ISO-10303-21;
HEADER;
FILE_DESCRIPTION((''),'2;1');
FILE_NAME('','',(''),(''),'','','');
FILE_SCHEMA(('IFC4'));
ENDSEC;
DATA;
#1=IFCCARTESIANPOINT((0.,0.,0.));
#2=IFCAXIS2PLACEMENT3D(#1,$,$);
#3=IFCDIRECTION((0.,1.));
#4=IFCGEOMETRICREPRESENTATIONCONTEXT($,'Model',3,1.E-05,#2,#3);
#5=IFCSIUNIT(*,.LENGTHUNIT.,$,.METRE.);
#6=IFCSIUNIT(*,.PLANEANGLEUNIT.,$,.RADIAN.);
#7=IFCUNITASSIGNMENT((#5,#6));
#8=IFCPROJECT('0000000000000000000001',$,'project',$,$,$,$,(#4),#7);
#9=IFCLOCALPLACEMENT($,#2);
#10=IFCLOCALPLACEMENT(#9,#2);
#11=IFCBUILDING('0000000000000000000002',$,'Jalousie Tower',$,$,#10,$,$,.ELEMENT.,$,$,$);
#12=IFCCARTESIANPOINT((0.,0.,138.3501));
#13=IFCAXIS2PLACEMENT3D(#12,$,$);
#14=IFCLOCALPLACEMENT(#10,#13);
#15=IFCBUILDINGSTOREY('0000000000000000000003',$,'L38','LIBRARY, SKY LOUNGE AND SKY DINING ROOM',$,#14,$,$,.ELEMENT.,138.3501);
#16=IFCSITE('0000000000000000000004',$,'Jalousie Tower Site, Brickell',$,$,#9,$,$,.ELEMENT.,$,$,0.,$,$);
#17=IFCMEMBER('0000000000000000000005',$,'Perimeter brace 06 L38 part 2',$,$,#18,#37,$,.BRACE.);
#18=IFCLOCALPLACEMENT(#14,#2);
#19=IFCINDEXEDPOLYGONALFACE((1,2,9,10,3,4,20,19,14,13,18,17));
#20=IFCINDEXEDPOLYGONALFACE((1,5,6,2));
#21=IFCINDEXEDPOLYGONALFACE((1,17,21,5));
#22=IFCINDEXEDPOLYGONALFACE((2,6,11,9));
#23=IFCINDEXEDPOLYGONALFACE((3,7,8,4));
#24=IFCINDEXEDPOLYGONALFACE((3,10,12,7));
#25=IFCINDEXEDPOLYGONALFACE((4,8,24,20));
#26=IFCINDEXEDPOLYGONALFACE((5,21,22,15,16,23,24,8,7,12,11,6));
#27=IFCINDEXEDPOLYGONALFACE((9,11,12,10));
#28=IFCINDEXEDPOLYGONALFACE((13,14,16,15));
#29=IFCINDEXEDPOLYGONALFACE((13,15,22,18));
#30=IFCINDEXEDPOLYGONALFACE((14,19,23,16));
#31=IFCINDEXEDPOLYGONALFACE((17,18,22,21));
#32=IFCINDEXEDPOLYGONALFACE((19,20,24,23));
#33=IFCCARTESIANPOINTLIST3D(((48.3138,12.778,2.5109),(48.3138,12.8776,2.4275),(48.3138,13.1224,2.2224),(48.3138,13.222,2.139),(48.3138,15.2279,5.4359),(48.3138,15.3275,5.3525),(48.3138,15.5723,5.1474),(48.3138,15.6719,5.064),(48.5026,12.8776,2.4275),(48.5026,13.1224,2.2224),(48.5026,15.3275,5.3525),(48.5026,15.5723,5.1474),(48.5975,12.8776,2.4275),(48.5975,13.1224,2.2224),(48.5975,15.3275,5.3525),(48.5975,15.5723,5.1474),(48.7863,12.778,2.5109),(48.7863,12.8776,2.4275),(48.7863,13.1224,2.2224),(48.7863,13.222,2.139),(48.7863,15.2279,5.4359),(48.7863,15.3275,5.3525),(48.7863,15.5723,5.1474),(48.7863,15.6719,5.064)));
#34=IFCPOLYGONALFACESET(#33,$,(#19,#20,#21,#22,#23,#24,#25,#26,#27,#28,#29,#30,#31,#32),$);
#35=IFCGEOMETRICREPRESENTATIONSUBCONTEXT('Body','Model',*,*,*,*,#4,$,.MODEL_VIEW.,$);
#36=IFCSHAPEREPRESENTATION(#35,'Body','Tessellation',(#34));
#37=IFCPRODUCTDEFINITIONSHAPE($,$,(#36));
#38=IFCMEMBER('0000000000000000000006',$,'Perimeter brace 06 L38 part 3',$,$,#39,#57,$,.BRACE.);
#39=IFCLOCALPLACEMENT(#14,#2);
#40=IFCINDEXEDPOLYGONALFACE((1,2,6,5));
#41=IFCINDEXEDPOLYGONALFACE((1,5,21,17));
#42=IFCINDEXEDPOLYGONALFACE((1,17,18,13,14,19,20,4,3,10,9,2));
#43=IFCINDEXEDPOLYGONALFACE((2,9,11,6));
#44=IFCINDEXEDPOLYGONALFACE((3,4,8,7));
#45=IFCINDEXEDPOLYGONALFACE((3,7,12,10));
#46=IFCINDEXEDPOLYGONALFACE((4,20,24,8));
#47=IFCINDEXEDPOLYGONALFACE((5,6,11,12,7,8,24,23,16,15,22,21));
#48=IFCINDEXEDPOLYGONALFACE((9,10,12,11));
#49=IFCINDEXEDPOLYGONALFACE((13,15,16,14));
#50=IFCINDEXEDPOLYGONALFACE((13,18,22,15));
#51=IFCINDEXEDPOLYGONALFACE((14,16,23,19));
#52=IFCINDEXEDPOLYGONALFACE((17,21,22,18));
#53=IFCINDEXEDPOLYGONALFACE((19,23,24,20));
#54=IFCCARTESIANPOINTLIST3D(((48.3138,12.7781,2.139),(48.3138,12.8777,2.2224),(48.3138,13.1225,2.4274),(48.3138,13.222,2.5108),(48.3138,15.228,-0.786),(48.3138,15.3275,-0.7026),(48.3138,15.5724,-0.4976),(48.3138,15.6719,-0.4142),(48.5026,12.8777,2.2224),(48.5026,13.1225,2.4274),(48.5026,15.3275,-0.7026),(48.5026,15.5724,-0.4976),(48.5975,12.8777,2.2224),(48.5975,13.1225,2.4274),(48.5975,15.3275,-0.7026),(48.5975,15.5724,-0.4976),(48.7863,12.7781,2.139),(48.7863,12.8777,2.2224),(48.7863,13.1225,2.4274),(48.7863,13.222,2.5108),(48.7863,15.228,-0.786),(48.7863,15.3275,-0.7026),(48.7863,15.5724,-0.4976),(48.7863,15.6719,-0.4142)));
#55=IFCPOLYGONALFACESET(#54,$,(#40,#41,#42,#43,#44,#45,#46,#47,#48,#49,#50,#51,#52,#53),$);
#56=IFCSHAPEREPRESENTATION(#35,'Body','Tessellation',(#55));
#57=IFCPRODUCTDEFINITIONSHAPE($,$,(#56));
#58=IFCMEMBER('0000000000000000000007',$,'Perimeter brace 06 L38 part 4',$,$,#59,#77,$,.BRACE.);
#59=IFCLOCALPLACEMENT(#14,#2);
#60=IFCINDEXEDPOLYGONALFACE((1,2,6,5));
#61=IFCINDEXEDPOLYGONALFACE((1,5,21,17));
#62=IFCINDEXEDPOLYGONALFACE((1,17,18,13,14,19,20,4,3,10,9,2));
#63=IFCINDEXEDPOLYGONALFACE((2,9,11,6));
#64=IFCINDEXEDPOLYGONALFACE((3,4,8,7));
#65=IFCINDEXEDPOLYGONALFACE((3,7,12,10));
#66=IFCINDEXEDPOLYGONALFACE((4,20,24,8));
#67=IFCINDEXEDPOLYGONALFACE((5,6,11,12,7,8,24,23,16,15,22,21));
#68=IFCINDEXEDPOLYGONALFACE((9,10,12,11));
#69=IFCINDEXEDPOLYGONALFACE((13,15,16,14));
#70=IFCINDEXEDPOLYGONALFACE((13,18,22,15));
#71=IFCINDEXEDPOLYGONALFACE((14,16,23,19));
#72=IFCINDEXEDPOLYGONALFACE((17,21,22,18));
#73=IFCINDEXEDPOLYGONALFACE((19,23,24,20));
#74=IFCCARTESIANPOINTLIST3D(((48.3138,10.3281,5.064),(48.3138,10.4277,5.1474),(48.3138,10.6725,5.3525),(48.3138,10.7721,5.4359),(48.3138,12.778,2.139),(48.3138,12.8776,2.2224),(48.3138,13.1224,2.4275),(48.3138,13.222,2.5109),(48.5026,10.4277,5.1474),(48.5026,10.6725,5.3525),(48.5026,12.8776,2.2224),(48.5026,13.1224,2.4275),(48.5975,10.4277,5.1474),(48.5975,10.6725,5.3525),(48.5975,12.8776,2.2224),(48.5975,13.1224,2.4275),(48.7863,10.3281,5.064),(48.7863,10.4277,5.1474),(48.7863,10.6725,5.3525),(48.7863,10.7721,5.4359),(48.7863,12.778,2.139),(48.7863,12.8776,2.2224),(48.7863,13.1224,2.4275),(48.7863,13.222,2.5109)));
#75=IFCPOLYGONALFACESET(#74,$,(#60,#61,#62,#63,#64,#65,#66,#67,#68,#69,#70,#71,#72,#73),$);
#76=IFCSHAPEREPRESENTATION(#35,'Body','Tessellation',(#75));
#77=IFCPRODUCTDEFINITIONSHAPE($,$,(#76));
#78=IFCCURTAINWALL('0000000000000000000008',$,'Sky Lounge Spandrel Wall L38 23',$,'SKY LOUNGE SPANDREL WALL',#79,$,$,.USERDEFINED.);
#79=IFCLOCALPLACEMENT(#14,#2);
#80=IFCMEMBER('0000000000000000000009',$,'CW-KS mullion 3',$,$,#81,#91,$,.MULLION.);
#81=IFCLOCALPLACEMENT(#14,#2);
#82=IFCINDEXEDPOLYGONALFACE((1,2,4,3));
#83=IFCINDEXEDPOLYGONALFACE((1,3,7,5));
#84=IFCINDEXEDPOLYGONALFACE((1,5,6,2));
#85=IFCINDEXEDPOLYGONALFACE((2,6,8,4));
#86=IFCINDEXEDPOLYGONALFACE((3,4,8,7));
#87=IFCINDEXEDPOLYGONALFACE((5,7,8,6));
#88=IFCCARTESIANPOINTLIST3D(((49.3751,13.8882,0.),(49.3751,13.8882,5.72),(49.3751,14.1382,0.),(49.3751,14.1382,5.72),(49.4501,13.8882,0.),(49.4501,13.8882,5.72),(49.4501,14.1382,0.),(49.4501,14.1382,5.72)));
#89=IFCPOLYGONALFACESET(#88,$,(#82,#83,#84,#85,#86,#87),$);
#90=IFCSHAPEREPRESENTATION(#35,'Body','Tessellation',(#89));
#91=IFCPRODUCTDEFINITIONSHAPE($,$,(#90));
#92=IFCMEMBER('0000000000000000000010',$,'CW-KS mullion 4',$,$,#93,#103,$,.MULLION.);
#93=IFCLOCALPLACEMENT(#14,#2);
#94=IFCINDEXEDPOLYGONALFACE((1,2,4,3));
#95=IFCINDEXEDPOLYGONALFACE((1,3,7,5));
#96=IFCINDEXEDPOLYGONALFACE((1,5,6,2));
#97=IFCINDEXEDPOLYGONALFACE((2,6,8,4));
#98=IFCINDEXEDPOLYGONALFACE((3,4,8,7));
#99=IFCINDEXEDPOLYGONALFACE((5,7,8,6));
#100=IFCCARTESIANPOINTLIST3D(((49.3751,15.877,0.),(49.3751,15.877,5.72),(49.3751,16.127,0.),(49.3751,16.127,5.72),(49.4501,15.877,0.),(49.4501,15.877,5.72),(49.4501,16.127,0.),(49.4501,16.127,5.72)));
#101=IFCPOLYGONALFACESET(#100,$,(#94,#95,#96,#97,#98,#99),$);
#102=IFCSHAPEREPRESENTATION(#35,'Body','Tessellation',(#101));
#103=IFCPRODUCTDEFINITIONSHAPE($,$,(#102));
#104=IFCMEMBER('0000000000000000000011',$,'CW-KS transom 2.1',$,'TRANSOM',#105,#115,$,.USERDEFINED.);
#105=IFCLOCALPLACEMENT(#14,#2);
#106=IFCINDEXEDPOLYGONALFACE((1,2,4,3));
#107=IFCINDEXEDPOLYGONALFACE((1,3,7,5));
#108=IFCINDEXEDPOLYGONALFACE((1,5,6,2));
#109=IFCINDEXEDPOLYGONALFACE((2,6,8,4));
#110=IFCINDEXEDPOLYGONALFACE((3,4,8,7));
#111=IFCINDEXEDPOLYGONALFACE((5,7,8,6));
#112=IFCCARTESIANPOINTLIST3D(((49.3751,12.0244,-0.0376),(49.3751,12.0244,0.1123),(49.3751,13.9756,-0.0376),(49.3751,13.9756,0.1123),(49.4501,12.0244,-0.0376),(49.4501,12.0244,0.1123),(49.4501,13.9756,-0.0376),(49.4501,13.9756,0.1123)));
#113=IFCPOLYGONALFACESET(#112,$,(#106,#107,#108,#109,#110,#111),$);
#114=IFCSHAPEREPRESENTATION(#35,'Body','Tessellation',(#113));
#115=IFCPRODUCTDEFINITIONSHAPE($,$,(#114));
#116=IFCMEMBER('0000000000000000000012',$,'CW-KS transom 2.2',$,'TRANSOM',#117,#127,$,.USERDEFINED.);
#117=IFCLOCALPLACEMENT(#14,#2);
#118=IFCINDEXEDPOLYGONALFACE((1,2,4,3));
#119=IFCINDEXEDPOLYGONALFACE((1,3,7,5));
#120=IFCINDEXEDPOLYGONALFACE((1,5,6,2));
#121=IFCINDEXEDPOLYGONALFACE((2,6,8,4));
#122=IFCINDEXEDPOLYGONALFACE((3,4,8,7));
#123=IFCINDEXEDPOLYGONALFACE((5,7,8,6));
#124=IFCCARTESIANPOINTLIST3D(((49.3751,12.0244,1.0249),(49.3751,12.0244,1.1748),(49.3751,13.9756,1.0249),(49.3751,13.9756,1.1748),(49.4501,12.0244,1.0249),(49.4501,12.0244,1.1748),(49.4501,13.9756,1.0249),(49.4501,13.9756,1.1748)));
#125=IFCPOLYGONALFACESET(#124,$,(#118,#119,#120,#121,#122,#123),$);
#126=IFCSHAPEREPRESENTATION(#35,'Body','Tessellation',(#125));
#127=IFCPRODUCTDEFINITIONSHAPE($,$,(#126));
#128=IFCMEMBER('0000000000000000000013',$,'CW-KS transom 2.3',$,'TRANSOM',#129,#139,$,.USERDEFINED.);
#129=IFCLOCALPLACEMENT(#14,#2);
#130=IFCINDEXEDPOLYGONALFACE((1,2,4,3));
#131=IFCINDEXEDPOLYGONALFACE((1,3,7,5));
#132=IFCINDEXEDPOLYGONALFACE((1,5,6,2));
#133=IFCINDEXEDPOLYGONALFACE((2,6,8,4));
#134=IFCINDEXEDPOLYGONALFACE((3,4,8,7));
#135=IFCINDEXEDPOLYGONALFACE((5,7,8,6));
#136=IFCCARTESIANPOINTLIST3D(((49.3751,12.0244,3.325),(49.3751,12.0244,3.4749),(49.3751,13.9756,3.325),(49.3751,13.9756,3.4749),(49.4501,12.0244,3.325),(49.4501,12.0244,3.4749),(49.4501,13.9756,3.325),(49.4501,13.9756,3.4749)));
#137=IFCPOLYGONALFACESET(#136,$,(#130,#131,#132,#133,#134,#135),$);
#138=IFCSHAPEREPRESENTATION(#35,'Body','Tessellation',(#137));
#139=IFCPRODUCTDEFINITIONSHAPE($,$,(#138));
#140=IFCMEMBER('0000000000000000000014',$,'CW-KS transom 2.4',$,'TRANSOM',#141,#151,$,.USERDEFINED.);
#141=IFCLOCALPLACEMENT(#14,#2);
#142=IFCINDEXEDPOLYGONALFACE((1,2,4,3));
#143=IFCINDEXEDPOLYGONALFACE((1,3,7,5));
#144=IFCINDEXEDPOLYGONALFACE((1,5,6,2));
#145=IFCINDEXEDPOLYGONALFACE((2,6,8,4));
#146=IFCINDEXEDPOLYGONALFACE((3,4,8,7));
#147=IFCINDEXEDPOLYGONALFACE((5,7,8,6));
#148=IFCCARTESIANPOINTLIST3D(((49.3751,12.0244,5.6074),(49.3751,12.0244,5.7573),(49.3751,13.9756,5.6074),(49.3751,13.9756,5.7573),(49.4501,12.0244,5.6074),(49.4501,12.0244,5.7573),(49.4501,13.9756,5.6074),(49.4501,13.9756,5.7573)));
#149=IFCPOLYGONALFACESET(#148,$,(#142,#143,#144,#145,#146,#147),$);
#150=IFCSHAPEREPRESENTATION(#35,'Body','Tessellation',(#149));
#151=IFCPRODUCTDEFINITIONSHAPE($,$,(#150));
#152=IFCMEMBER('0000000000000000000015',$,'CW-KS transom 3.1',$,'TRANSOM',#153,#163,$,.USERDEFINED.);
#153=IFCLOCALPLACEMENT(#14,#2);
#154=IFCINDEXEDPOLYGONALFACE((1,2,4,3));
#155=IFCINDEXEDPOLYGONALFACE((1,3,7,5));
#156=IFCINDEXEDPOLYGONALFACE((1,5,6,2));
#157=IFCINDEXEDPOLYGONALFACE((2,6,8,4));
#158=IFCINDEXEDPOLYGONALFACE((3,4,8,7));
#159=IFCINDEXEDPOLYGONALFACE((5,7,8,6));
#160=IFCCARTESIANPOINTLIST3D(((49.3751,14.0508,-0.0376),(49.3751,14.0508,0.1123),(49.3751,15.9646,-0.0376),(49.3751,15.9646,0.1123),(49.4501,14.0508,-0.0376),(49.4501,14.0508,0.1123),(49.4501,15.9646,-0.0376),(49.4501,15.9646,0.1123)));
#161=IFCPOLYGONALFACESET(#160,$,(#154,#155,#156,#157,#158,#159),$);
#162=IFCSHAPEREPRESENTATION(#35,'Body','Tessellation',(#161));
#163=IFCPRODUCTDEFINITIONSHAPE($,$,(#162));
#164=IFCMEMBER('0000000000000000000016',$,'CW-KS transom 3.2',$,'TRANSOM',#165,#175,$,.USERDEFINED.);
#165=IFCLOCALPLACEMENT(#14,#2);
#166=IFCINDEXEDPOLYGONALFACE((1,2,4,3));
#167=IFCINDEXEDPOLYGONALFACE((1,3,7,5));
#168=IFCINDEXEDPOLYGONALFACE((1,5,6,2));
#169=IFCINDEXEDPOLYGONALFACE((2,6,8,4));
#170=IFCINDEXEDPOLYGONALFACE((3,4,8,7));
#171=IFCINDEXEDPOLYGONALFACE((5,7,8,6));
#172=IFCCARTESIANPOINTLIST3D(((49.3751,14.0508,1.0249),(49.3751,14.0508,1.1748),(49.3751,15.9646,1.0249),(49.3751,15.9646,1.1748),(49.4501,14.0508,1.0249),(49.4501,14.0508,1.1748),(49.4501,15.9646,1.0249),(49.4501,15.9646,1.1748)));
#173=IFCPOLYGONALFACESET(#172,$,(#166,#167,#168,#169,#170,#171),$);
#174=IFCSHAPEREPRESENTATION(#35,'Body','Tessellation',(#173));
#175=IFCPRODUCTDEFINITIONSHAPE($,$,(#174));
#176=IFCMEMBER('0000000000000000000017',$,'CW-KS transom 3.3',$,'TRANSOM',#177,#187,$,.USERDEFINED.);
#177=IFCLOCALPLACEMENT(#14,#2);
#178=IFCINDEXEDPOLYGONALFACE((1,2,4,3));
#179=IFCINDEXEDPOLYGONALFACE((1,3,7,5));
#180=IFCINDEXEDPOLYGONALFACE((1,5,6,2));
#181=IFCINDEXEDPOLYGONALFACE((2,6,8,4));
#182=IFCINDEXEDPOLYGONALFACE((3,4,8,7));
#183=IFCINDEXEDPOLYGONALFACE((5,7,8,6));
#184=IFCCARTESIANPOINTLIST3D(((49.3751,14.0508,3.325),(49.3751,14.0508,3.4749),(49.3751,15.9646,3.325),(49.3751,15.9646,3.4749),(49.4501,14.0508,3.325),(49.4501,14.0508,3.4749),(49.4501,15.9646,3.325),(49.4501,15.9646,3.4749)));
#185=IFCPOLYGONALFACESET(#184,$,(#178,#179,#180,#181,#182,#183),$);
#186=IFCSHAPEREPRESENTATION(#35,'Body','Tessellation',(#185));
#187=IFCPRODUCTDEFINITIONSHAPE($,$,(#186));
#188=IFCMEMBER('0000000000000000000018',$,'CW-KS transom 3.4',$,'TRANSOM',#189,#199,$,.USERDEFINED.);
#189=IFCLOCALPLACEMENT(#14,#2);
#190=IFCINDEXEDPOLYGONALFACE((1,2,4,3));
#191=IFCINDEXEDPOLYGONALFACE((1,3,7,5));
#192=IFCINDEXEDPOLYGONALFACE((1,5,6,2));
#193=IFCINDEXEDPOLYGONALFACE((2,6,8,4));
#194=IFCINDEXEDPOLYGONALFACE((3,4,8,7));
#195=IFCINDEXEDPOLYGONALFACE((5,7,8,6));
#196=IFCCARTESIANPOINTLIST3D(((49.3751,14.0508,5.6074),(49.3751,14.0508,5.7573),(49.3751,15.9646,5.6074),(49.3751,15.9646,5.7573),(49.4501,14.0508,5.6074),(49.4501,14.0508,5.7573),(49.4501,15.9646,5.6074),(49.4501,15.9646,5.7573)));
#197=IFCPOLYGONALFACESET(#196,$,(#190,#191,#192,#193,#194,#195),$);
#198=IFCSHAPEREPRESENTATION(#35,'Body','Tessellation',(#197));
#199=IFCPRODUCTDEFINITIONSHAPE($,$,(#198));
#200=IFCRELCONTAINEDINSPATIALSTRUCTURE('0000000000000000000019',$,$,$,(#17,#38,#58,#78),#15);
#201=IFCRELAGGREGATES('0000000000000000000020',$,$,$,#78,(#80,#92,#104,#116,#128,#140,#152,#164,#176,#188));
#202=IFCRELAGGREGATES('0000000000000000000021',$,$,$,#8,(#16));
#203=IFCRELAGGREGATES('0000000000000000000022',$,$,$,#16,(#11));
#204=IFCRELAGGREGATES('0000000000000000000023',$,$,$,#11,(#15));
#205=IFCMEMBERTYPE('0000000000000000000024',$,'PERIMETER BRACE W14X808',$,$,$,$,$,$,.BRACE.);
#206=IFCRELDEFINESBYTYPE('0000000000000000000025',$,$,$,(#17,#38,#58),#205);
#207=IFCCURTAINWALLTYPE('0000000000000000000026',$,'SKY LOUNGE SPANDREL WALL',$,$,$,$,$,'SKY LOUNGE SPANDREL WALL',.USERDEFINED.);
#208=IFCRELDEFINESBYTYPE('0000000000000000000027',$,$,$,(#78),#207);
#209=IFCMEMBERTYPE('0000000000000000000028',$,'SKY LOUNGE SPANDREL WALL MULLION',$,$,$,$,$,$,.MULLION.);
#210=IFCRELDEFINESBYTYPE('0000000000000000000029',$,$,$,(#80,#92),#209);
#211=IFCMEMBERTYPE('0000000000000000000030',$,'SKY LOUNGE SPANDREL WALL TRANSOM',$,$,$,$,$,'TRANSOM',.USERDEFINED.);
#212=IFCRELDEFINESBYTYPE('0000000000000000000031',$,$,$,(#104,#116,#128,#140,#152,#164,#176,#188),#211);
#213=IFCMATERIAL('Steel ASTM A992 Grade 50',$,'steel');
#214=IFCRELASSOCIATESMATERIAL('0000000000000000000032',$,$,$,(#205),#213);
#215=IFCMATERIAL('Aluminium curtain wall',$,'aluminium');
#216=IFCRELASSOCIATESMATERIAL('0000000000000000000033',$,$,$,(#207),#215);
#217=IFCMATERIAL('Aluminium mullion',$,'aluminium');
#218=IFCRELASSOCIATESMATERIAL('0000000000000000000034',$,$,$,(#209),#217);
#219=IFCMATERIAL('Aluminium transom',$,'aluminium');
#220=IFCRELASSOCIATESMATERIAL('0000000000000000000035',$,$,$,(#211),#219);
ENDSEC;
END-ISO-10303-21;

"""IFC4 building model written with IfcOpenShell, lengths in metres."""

from ifc_helpers import new_model, si_unit, direction, frame, origin, origin_2d, place, context, subcontext, project, spatial, rectangle, i_section, extrude, material, material_profile, profile_set, type_object, element, aggregate, save


model = new_model("IFC4")

# Units and contexts
model_context = context("Model", 3, precision=1e-05, world=origin(), true_north=direction((0.0, 1.0)))
body_context = subcontext(model_context, "Body", "Model", "MODEL_VIEW")
ifc_project = project(units=[si_unit("LENGTHUNIT", "METRE"), si_unit("PLANEANGLEUNIT", "RADIAN")], contexts=[model_context])

# Site, building, storey
site_placement = place(None, origin())
site = spatial("IfcSite", under=ifc_project, at=site_placement, Name="Jalousie Tower Site, Brickell", CompositionType="ELEMENT", RefElevation=0.0)
building_placement = place(site_placement, origin())
building = spatial("IfcBuilding", under=site, at=building_placement, Name="Jalousie Tower", CompositionType="ELEMENT")
storey_placement = place(building_placement, frame((0.0, 0.0, 138.3501)))
storey = spatial("IfcBuildingStorey", under=building, at=storey_placement, Name="L38", Description="LIBRARY, SKY LOUNGE AND SKY DINING ROOM", CompositionType="ELEMENT", Elevation=138.3501)

# Members
ifc_material_1 = material(Name="Steel ASTM A992 Grade 50", Category="steel")
ifc_material_profile_1 = material_profile(ifc_material_1, i_section(OverallWidth=0.4724, OverallDepth=0.5791, WebThickness=0.095, FlangeThickness=0.1299, at=origin_2d()), Name="W14X808")
ifc_profile_set_1 = profile_set([ifc_material_profile_1], Name="Steel ASTM A992 Grade 50")
member_type_1 = type_object("IfcMemberType", Name="PERIMETER BRACE W14X808", PredefinedType="BRACE", material=ifc_profile_set_1)
for number, where, z_axis, x_axis, name in (
    (1, (48.55, 13.0, 2.325), (0.0, 0.642102, 0.766619), (-1.0, 0.0, 0.0), "Perimeter brace 06 L38 part 2"),
    (2, (48.55, 15.45, -0.6001), (0.0, -0.642102, 0.766619), (1.0, 0.0, 0.0), "Perimeter brace 06 L38 part 3"),
    (3, (48.55, 13.0, 2.325), (0.0, -0.642102, 0.766619), (1.0, 0.0, 0.0), "Perimeter brace 06 L38 part 4"),
):
    element("IfcMember", number, at=place(storey_placement, frame(where, z_axis=z_axis, x_axis=x_axis)), inside=storey, type_object=member_type_1, Name=name, PredefinedType="BRACE", context=body_context, shape_type="SweptSolid", body=[
        extrude(i_section(OverallWidth=0.4724, OverallDepth=0.5791, WebThickness=0.095, FlangeThickness=0.1299, at=origin_2d()), origin(), (0.0, 0.0, 1.0), 3.8154),
    ])

# Curtain wall, members
ifc_material_2 = material(Name="Aluminium curtain wall", Category="aluminium")
curtain_wall_type_1 = type_object("IfcCurtainWallType", Name="SKY LOUNGE SPANDREL WALL", ElementType="SKY LOUNGE SPANDREL WALL", PredefinedType="USERDEFINED", material=ifc_material_2)
curtain_wall_1_placement = place(storey_placement, origin())
curtain_wall_1 = element("IfcCurtainWall", 4, at=curtain_wall_1_placement, inside=storey, type_object=curtain_wall_type_1, Name="Sky Lounge Spandrel Wall L38 23", ObjectType="SKY LOUNGE SPANDREL WALL", PredefinedType="USERDEFINED")
ifc_material_3 = material(Name="Aluminium mullion", Category="aluminium")
ifc_material_profile_2 = material_profile(ifc_material_3, rectangle(XDim=0.075, YDim=0.25, at=origin_2d()), Name="MULLION 75x250")
ifc_profile_set_2 = profile_set([ifc_material_profile_2], Name="Aluminium mullion")
member_type_2 = type_object("IfcMemberType", Name="SKY LOUNGE SPANDREL WALL MULLION", PredefinedType="MULLION", material=ifc_profile_set_2)
member_1_placement = place(storey_placement, frame((49.4126, 14.0132, 0.0), z_axis=(0.0, 0.0, 1.0), x_axis=(-1.0, 0.0, 0.0)))
member_1 = element("IfcMember", 5, at=member_1_placement, type_object=member_type_2, Name="CW-KS mullion 3", PredefinedType="MULLION", context=body_context, shape_type="SweptSolid", body=[
    extrude(rectangle(XDim=0.075, YDim=0.25, at=origin_2d()), origin(), (0.0, 0.0, 1.0), 5.72),
])
member_2_placement = place(storey_placement, frame((49.4126, 16.002, 0.0), z_axis=(0.0, 0.0, 1.0), x_axis=(-1.0, 0.0, 0.0)))
member_2 = element("IfcMember", 6, at=member_2_placement, type_object=member_type_2, Name="CW-KS mullion 4", PredefinedType="MULLION", context=body_context, shape_type="SweptSolid", body=[
    extrude(rectangle(XDim=0.075, YDim=0.25, at=origin_2d()), origin(), (0.0, 0.0, 1.0), 5.72),
])
ifc_material_4 = material(Name="Aluminium transom", Category="aluminium")
ifc_material_profile_3 = material_profile(ifc_material_4, rectangle(XDim=0.075, YDim=0.1499, at=origin_2d()), Name="TRANSOM 75x150")
ifc_profile_set_3 = profile_set([ifc_material_profile_3], Name="Aluminium transom")
member_type_3 = type_object("IfcMemberType", Name="SKY LOUNGE SPANDREL WALL TRANSOM", ElementType="TRANSOM", PredefinedType="USERDEFINED", material=ifc_profile_set_3)
member_3_placement = place(storey_placement, frame((49.4126, 12.0244, 0.0374), z_axis=(0.0, 1.0, 0.0), x_axis=(-1.0, 0.0, 0.0)))
member_3 = element("IfcMember", 7, at=member_3_placement, type_object=member_type_3, Name="CW-KS transom 2.1", ObjectType="TRANSOM", PredefinedType="USERDEFINED", context=body_context, shape_type="SweptSolid", body=[
    extrude(rectangle(XDim=0.075, YDim=0.1499, at=origin_2d()), origin(), (0.0, 0.0, 1.0), 1.9512),
])
member_4_placement = place(storey_placement, frame((49.4126, 12.0244, 1.0999), z_axis=(0.0, 1.0, 0.0), x_axis=(-1.0, 0.0, 0.0)))
member_4 = element("IfcMember", 8, at=member_4_placement, type_object=member_type_3, Name="CW-KS transom 2.2", ObjectType="TRANSOM", PredefinedType="USERDEFINED", context=body_context, shape_type="SweptSolid", body=[
    extrude(rectangle(XDim=0.075, YDim=0.1499, at=origin_2d()), origin(), (0.0, 0.0, 1.0), 1.9512),
])
member_5_placement = place(storey_placement, frame((49.4126, 12.0244, 3.3999), z_axis=(0.0, 1.0, 0.0), x_axis=(-1.0, 0.0, 0.0)))
member_5 = element("IfcMember", 9, at=member_5_placement, type_object=member_type_3, Name="CW-KS transom 2.3", ObjectType="TRANSOM", PredefinedType="USERDEFINED", context=body_context, shape_type="SweptSolid", body=[
    extrude(rectangle(XDim=0.075, YDim=0.1499, at=origin_2d()), origin(), (0.0, 0.0, 1.0), 1.9512),
])
member_6_placement = place(storey_placement, frame((49.4126, 12.0244, 5.6824), z_axis=(0.0, 1.0, 0.0), x_axis=(-1.0, 0.0, 0.0)))
member_6 = element("IfcMember", 10, at=member_6_placement, type_object=member_type_3, Name="CW-KS transom 2.4", ObjectType="TRANSOM", PredefinedType="USERDEFINED", context=body_context, shape_type="SweptSolid", body=[
    extrude(rectangle(XDim=0.075, YDim=0.1499, at=origin_2d()), origin(), (0.0, 0.0, 1.0), 1.9512),
])
member_7_placement = place(storey_placement, frame((49.4126, 14.0508, 0.0374), z_axis=(0.0, 1.0, 0.0), x_axis=(-1.0, 0.0, 0.0)))
member_7 = element("IfcMember", 11, at=member_7_placement, type_object=member_type_3, Name="CW-KS transom 3.1", ObjectType="TRANSOM", PredefinedType="USERDEFINED", context=body_context, shape_type="SweptSolid", body=[
    extrude(rectangle(XDim=0.075, YDim=0.1499, at=origin_2d()), origin(), (0.0, 0.0, 1.0), 1.9138),
])
member_8_placement = place(storey_placement, frame((49.4126, 14.0508, 1.0999), z_axis=(0.0, 1.0, 0.0), x_axis=(-1.0, 0.0, 0.0)))
member_8 = element("IfcMember", 12, at=member_8_placement, type_object=member_type_3, Name="CW-KS transom 3.2", ObjectType="TRANSOM", PredefinedType="USERDEFINED", context=body_context, shape_type="SweptSolid", body=[
    extrude(rectangle(XDim=0.075, YDim=0.1499, at=origin_2d()), origin(), (0.0, 0.0, 1.0), 1.9138),
])
member_9_placement = place(storey_placement, frame((49.4126, 14.0508, 3.3999), z_axis=(0.0, 1.0, 0.0), x_axis=(-1.0, 0.0, 0.0)))
member_9 = element("IfcMember", 13, at=member_9_placement, type_object=member_type_3, Name="CW-KS transom 3.3", ObjectType="TRANSOM", PredefinedType="USERDEFINED", context=body_context, shape_type="SweptSolid", body=[
    extrude(rectangle(XDim=0.075, YDim=0.1499, at=origin_2d()), origin(), (0.0, 0.0, 1.0), 1.9138),
])
member_10_placement = place(storey_placement, frame((49.4126, 14.0508, 5.6824), z_axis=(0.0, 1.0, 0.0), x_axis=(-1.0, 0.0, 0.0)))
member_10 = element("IfcMember", 14, at=member_10_placement, type_object=member_type_3, Name="CW-KS transom 3.4", ObjectType="TRANSOM", PredefinedType="USERDEFINED", context=body_context, shape_type="SweptSolid", body=[
    extrude(rectangle(XDim=0.075, YDim=0.1499, at=origin_2d()), origin(), (0.0, 0.0, 1.0), 1.9138),
])

aggregate(curtain_wall_1, [member_1, member_2, member_3, member_4, member_5, member_6, member_7, member_8, member_9, member_10])

save(model, "model.ifc")
